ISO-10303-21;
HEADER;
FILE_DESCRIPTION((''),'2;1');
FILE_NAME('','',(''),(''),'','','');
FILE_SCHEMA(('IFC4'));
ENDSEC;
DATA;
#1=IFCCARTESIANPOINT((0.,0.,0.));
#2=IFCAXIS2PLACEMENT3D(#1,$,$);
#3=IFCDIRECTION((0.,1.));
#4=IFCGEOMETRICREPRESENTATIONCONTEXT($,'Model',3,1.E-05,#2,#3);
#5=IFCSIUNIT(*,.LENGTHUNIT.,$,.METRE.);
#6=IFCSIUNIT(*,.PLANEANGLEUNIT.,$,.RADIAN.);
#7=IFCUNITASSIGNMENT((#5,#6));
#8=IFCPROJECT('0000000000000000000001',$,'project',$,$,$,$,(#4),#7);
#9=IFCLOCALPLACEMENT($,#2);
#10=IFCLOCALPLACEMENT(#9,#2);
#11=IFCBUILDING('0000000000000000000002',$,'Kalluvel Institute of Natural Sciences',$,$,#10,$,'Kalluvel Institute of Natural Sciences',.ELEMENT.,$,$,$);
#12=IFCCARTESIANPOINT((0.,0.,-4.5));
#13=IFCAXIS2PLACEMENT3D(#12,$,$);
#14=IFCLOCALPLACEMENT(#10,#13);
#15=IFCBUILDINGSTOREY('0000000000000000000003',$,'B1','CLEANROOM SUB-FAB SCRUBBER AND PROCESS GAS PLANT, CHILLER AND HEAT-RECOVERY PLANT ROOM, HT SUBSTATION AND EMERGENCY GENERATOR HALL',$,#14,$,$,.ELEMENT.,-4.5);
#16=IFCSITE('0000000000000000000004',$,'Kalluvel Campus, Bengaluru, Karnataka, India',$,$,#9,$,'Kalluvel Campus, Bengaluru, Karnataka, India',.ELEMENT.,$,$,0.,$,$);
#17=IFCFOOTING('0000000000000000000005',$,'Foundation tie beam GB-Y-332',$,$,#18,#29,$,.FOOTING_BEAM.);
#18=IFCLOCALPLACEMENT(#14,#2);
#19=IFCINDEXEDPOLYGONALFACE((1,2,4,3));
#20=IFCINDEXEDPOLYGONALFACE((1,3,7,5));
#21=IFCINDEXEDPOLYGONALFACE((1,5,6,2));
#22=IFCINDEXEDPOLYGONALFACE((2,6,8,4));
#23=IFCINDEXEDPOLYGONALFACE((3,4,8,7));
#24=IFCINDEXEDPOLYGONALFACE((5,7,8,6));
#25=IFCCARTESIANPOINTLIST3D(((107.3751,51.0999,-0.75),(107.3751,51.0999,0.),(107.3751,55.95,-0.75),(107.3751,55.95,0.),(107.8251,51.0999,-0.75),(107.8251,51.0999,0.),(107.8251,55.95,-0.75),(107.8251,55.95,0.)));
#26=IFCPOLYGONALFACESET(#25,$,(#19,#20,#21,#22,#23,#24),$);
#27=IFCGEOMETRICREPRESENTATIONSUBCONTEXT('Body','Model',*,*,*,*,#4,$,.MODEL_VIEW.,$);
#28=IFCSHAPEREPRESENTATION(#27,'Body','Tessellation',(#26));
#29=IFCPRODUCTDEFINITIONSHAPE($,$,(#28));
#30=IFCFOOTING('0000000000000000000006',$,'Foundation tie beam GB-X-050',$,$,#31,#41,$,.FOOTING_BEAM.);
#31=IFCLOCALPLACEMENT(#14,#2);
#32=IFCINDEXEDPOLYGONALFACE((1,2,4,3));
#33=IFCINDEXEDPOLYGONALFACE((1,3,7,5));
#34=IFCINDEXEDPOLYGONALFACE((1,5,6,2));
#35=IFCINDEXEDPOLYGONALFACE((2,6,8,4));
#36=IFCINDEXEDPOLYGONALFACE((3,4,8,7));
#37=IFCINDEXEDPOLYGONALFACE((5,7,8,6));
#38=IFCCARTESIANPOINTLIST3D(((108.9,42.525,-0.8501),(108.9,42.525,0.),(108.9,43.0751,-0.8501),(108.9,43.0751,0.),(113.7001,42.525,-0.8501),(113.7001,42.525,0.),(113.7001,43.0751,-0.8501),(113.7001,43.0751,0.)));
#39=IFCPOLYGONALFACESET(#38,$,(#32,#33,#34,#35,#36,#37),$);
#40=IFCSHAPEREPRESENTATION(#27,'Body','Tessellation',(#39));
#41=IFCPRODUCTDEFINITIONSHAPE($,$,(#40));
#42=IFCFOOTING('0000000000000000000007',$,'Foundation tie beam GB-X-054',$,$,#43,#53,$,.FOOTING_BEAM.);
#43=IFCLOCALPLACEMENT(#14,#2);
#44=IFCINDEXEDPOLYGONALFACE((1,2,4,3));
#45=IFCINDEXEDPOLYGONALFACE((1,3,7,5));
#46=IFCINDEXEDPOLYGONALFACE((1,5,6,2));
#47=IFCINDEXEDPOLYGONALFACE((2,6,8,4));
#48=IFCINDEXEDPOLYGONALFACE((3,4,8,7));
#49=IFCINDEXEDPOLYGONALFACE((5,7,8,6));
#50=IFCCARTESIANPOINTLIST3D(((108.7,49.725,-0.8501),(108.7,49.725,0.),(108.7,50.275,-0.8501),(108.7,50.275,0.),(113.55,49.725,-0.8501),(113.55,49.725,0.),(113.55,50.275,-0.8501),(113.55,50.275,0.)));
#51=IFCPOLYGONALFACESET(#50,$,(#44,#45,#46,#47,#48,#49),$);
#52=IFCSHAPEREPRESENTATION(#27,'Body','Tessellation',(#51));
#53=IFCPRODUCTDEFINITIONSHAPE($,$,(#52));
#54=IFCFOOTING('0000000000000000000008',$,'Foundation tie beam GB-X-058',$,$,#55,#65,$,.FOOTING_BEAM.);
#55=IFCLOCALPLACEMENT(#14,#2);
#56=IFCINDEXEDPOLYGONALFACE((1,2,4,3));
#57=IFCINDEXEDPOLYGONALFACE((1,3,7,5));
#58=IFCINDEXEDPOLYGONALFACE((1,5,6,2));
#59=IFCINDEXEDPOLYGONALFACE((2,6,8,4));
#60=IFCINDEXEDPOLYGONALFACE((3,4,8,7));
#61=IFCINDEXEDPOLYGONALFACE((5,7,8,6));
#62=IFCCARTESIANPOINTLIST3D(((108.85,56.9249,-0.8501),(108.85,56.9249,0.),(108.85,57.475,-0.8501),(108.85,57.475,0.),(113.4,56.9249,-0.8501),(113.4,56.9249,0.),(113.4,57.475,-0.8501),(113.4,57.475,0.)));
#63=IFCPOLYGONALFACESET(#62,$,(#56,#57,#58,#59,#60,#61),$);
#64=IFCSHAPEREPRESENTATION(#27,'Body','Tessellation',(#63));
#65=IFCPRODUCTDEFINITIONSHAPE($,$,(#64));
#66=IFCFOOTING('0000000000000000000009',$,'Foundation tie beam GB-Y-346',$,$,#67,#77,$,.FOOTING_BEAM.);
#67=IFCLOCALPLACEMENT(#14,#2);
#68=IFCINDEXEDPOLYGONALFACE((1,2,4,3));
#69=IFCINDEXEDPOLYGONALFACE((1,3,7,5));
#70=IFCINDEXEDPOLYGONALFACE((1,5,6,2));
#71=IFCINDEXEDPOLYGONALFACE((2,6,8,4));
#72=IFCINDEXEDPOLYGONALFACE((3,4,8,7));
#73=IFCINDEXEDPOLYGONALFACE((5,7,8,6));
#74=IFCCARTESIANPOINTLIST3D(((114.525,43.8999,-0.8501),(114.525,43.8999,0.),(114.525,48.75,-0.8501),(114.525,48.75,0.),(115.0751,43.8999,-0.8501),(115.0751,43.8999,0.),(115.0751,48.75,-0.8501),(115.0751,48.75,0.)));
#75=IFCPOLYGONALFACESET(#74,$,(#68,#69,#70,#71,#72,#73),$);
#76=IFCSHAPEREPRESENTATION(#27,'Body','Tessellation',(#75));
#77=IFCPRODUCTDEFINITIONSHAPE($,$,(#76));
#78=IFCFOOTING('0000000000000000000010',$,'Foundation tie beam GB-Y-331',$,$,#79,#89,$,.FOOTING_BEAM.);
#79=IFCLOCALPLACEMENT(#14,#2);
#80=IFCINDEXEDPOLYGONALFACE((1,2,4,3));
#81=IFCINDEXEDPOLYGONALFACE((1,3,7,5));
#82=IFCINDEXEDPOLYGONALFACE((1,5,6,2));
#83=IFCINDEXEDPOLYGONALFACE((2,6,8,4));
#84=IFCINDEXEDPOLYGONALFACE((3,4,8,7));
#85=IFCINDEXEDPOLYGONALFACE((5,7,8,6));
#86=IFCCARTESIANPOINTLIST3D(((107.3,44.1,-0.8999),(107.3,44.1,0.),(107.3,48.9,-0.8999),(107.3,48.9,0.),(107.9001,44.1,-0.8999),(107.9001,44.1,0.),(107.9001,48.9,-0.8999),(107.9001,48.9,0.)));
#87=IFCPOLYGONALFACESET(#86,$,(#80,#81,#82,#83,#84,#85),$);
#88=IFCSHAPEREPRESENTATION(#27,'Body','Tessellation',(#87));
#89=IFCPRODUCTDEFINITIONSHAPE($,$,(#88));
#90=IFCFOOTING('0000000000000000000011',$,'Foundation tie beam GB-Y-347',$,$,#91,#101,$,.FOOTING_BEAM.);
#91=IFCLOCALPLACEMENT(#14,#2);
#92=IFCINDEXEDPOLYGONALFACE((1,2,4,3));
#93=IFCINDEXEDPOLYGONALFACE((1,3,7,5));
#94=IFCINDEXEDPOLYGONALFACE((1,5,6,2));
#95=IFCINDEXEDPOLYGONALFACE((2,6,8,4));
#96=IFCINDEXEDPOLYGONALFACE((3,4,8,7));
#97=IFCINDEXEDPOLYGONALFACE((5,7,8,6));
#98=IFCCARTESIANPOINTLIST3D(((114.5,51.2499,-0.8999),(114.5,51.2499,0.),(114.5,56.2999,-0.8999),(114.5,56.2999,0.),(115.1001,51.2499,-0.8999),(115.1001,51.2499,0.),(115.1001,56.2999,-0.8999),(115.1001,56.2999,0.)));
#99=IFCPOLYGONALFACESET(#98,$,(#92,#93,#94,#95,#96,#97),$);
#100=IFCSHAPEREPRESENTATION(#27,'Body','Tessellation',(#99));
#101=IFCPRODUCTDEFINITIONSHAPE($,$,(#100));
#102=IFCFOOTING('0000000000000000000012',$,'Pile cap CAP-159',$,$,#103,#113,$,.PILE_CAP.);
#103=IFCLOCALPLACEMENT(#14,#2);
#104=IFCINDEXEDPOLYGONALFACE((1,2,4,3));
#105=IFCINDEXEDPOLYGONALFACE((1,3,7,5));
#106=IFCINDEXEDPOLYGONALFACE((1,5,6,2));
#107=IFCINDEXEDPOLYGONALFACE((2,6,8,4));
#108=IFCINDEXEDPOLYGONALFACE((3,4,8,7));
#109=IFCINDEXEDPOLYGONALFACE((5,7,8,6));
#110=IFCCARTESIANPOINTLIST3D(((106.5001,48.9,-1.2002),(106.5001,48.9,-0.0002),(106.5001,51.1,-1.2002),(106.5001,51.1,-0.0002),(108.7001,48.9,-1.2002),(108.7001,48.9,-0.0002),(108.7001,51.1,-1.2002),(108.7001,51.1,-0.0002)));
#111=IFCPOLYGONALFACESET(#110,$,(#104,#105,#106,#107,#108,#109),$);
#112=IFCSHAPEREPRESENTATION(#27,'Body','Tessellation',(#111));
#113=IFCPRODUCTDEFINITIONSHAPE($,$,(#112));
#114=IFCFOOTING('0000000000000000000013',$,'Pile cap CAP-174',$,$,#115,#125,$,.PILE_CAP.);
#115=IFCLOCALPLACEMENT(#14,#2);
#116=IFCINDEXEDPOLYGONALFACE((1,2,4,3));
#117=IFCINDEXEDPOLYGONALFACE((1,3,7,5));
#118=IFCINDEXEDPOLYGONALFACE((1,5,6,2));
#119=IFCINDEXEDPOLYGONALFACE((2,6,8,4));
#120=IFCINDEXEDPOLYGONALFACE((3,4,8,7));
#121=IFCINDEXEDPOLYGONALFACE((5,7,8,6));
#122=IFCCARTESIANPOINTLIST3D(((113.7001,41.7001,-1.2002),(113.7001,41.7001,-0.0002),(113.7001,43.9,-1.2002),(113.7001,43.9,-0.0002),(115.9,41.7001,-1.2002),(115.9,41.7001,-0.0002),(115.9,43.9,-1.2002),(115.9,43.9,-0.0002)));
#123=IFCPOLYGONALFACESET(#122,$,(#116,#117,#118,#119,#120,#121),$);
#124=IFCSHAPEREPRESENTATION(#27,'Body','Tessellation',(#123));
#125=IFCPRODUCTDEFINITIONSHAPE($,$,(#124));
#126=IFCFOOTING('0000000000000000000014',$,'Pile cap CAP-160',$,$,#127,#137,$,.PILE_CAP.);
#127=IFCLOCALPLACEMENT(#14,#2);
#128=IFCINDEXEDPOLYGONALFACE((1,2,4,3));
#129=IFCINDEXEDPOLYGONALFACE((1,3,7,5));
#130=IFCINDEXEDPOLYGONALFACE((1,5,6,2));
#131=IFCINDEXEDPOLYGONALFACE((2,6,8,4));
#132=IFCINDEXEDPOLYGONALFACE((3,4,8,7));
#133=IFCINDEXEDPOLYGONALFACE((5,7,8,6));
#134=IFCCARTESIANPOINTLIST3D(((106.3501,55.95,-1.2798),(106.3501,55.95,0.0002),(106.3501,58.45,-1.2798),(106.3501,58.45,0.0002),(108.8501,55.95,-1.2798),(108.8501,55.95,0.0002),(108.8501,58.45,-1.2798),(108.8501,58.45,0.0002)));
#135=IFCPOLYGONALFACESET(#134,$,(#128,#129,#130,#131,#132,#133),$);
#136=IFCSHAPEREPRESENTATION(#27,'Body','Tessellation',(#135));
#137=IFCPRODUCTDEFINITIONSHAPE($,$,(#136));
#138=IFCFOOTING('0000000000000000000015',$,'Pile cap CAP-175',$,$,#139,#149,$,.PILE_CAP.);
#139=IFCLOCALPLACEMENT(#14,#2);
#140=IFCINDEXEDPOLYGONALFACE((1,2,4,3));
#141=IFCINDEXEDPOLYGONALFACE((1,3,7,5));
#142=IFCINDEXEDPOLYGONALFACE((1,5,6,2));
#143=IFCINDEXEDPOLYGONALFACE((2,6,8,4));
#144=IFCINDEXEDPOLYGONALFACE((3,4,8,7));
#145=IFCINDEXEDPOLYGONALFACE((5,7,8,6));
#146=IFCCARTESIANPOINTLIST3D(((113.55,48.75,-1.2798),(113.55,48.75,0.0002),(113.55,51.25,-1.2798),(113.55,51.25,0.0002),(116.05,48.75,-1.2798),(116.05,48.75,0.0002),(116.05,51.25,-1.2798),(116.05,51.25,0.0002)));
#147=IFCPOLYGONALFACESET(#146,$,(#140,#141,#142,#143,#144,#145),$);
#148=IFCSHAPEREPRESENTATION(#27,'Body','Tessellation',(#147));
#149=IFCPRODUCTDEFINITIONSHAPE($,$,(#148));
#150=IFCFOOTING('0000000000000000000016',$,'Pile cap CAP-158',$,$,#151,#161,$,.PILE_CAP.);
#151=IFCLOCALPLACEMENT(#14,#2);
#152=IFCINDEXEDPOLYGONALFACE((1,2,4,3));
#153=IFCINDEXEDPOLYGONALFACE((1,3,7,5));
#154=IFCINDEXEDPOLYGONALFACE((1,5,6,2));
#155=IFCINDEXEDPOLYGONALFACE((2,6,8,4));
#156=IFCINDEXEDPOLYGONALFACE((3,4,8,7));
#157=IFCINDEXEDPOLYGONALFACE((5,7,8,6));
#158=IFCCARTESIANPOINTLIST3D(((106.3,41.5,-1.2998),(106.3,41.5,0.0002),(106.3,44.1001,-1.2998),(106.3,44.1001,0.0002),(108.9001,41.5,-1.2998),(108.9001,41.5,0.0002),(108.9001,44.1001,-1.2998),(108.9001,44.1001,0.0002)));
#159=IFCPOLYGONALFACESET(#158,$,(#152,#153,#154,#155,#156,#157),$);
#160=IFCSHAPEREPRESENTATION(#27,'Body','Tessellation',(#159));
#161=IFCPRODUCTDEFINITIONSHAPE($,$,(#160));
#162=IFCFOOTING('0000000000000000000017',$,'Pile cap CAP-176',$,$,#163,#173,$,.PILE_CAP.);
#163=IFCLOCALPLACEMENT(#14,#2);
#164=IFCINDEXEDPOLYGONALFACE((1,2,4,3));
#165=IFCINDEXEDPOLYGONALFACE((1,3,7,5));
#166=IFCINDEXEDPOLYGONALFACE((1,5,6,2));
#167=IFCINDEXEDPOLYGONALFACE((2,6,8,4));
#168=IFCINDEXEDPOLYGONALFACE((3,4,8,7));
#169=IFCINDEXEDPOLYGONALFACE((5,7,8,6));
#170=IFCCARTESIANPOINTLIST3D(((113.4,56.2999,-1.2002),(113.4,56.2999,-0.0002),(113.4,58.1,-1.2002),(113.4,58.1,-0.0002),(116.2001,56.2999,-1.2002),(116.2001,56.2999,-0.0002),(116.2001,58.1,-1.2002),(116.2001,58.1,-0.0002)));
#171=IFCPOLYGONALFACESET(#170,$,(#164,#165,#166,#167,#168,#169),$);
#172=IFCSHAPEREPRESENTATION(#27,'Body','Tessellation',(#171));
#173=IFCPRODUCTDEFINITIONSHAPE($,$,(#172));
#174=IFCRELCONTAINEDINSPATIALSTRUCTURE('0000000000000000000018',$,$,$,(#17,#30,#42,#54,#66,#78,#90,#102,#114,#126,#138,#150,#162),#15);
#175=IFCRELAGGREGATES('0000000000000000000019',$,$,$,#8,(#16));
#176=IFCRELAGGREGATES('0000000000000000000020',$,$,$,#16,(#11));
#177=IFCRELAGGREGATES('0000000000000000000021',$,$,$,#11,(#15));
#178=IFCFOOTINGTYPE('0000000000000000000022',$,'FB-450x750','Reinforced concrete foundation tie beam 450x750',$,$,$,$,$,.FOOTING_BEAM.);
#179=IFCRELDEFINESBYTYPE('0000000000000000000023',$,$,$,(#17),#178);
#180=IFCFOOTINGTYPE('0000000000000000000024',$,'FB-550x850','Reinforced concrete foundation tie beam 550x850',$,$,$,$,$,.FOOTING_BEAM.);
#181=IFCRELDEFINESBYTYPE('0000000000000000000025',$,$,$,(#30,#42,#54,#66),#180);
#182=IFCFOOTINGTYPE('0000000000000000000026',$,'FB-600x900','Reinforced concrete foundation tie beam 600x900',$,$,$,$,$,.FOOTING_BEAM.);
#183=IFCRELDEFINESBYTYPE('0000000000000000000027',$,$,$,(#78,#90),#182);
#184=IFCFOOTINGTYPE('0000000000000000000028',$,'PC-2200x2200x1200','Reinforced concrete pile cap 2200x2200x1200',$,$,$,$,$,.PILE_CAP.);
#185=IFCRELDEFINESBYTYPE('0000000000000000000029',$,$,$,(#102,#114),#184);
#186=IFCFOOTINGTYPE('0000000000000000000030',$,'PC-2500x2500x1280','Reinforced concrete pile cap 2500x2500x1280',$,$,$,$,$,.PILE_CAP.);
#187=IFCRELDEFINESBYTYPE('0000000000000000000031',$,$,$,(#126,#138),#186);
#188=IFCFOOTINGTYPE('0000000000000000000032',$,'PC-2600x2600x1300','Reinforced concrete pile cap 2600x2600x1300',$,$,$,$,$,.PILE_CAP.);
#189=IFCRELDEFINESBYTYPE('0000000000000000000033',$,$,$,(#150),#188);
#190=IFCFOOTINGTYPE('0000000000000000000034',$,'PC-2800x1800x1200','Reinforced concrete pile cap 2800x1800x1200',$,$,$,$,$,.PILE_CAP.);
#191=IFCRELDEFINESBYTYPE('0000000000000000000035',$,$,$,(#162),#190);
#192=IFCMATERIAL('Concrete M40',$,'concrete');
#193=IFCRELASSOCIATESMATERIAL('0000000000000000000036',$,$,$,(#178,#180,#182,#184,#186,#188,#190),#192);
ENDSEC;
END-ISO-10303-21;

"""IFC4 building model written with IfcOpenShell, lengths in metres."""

from ifc_helpers import new_model, si_unit, direction, frame, origin, origin_2d, place, context, subcontext, project, spatial, rectangle, extrude, material, type_object, element, save


model = new_model("IFC4")

# Units and contexts
model_context = context("Model", 3, precision=1e-05, world=origin(), true_north=direction((0.0, 1.0)))
body_context = subcontext(model_context, "Body", "Model", "MODEL_VIEW")
ifc_project = project(units=[si_unit("LENGTHUNIT", "METRE"), si_unit("PLANEANGLEUNIT", "RADIAN")], contexts=[model_context])

# Site, building, storey
site_placement = place(None, origin())
site = spatial("IfcSite", under=ifc_project, at=site_placement, Name="Kalluvel Campus, Bengaluru, Karnataka, India", LongName="Kalluvel Campus, Bengaluru, Karnataka, India", CompositionType="ELEMENT", RefElevation=0.0)
building_placement = place(site_placement, origin())
building = spatial("IfcBuilding", under=site, at=building_placement, Name="Kalluvel Institute of Natural Sciences", LongName="Kalluvel Institute of Natural Sciences", CompositionType="ELEMENT")
storey_placement = place(building_placement, frame((0.0, 0.0, -4.5)))
storey = spatial("IfcBuildingStorey", under=building, at=storey_placement, Name="B1", Description="CLEANROOM SUB-FAB SCRUBBER AND PROCESS GAS PLANT, CHILLER AND HEAT-RECOVERY PLANT ROOM, HT SUBSTATION AND EMERGENCY GENERATOR HALL", CompositionType="ELEMENT", Elevation=-4.5)

# Footings
ifc_material = material(Name="Concrete M40", Category="concrete")
footing_type_1 = type_object("IfcFootingType", Name="FB-450x750", Description="Reinforced concrete foundation tie beam 450x750", PredefinedType="FOOTING_BEAM", material=ifc_material)
footing_1_placement = place(storey_placement, frame((107.6001, 53.5249, -0.75), z_axis=(0.0, 0.0, 1.0), x_axis=(1.0, 0.0, 0.0)))
element("IfcFooting", 1, at=footing_1_placement, inside=storey, type_object=footing_type_1, Name="Foundation tie beam GB-Y-332", PredefinedType="FOOTING_BEAM", context=body_context, shape_type="SweptSolid", body=[
    extrude(rectangle(XDim=0.45, YDim=4.8501, at=origin_2d()), origin(), (0.0, 0.0, 1.0), 0.75),
])
footing_type_2 = type_object("IfcFootingType", Name="FB-550x850", Description="Reinforced concrete foundation tie beam 550x850", PredefinedType="FOOTING_BEAM", material=ifc_material)
footing_2_placement = place(storey_placement, frame((111.3, 42.8, -0.8501), z_axis=(0.0, 0.0, 1.0), x_axis=(1.0, 0.0, 0.0)))
element("IfcFooting", 2, at=footing_2_placement, inside=storey, type_object=footing_type_2, Name="Foundation tie beam GB-X-050", PredefinedType="FOOTING_BEAM", context=body_context, shape_type="SweptSolid", body=[
    extrude(rectangle(XDim=4.8, YDim=0.55, at=origin_2d()), origin(), (0.0, 0.0, 1.0), 0.8501),
])
footing_3_placement = place(storey_placement, frame((111.125, 50.0, -0.8501), z_axis=(0.0, 0.0, 1.0), x_axis=(1.0, 0.0, 0.0)))
element("IfcFooting", 3, at=footing_3_placement, inside=storey, type_object=footing_type_2, Name="Foundation tie beam GB-X-054", PredefinedType="FOOTING_BEAM", context=body_context, shape_type="SweptSolid", body=[
    extrude(rectangle(XDim=4.8501, YDim=0.55, at=origin_2d()), origin(), (0.0, 0.0, 1.0), 0.8501),
])
footing_4_placement = place(storey_placement, frame((111.125, 57.2, -0.8501), z_axis=(0.0, 0.0, 1.0), x_axis=(1.0, 0.0, 0.0)))
element("IfcFooting", 4, at=footing_4_placement, inside=storey, type_object=footing_type_2, Name="Foundation tie beam GB-X-058", PredefinedType="FOOTING_BEAM", context=body_context, shape_type="SweptSolid", body=[
    extrude(rectangle(XDim=4.55, YDim=0.55, at=origin_2d()), origin(), (0.0, 0.0, 1.0), 0.8501),
])
footing_5_placement = place(storey_placement, frame((114.8, 46.325, -0.8501), z_axis=(0.0, 0.0, 1.0), x_axis=(1.0, 0.0, 0.0)))
element("IfcFooting", 5, at=footing_5_placement, inside=storey, type_object=footing_type_2, Name="Foundation tie beam GB-Y-346", PredefinedType="FOOTING_BEAM", context=body_context, shape_type="SweptSolid", body=[
    extrude(rectangle(XDim=0.55, YDim=4.8501, at=origin_2d()), origin(), (0.0, 0.0, 1.0), 0.8501),
])
footing_type_3 = type_object("IfcFootingType", Name="FB-600x900", Description="Reinforced concrete foundation tie beam 600x900", PredefinedType="FOOTING_BEAM", material=ifc_material)
footing_6_placement = place(storey_placement, frame((107.6001, 46.5, -0.8999), z_axis=(0.0, 0.0, 1.0), x_axis=(1.0, 0.0, 0.0)))
element("IfcFooting", 6, at=footing_6_placement, inside=storey, type_object=footing_type_3, Name="Foundation tie beam GB-Y-331", PredefinedType="FOOTING_BEAM", context=body_context, shape_type="SweptSolid", body=[
    extrude(rectangle(XDim=0.6001, YDim=4.8, at=origin_2d()), origin(), (0.0, 0.0, 1.0), 0.8999),
])
footing_7_placement = place(storey_placement, frame((114.8, 53.7749, -0.8999), z_axis=(0.0, 0.0, 1.0), x_axis=(1.0, 0.0, 0.0)))
element("IfcFooting", 7, at=footing_7_placement, inside=storey, type_object=footing_type_3, Name="Foundation tie beam GB-Y-347", PredefinedType="FOOTING_BEAM", context=body_context, shape_type="SweptSolid", body=[
    extrude(rectangle(XDim=0.6001, YDim=5.05, at=origin_2d()), origin(), (0.0, 0.0, 1.0), 0.8999),
])
footing_type_4 = type_object("IfcFootingType", Name="PC-2200x2200x1200", Description="Reinforced concrete pile cap 2200x2200x1200", PredefinedType="PILE_CAP", material=ifc_material)
for number, where, z_axis, x_axis, name in (
    (8, (107.6001, 50.0, -1.2002), (0.0, 0.0, 1.0), (1.0, 0.0, 0.0), "Pile cap CAP-159"),
    (9, (114.8, 42.8, -1.2002), (0.0, 0.0, 1.0), (1.0, 0.0, 0.0), "Pile cap CAP-174"),
):
    element("IfcFooting", number, at=place(storey_placement, frame(where, z_axis=z_axis, x_axis=x_axis)), inside=storey, type_object=footing_type_4, Name=name, PredefinedType="PILE_CAP", context=body_context, shape_type="SweptSolid", body=[
        extrude(rectangle(XDim=2.2, YDim=2.2, at=origin_2d()), origin(), (0.0, 0.0, 1.0), 1.2),
    ])
footing_type_5 = type_object("IfcFootingType", Name="PC-2500x2500x1280", Description="Reinforced concrete pile cap 2500x2500x1280", PredefinedType="PILE_CAP", material=ifc_material)
for number, where, z_axis, x_axis, name in (
    (10, (107.6001, 57.2, -1.2798), (0.0, 0.0, 1.0), (1.0, 0.0, 0.0), "Pile cap CAP-160"),
    (11, (114.8, 50.0, -1.2798), (0.0, 0.0, 1.0), (1.0, 0.0, 0.0), "Pile cap CAP-175"),
):
    element("IfcFooting", number, at=place(storey_placement, frame(where, z_axis=z_axis, x_axis=x_axis)), inside=storey, type_object=footing_type_5, Name=name, PredefinedType="PILE_CAP", context=body_context, shape_type="SweptSolid", body=[
        extrude(rectangle(XDim=2.5, YDim=2.5, at=origin_2d()), origin(), (0.0, 0.0, 1.0), 1.28),
    ])
footing_type_6 = type_object("IfcFootingType", Name="PC-2600x2600x1300", Description="Reinforced concrete pile cap 2600x2600x1300", PredefinedType="PILE_CAP", material=ifc_material)
footing_8_placement = place(storey_placement, frame((107.6001, 42.8, -1.2998), z_axis=(0.0, 0.0, 1.0), x_axis=(1.0, 0.0, 0.0)))
element("IfcFooting", 12, at=footing_8_placement, inside=storey, type_object=footing_type_6, Name="Pile cap CAP-158", PredefinedType="PILE_CAP", context=body_context, shape_type="SweptSolid", body=[
    extrude(rectangle(XDim=2.6001, YDim=2.6001, at=origin_2d()), origin(), (0.0, 0.0, 1.0), 1.3),
])
footing_type_7 = type_object("IfcFootingType", Name="PC-2800x1800x1200", Description="Reinforced concrete pile cap 2800x1800x1200", PredefinedType="PILE_CAP", material=ifc_material)
footing_9_placement = place(storey_placement, frame((114.8, 57.2, -1.2002), z_axis=(0.0, 0.0, 1.0), x_axis=(1.0, 0.0, 0.0)))
element("IfcFooting", 13, at=footing_9_placement, inside=storey, type_object=footing_type_7, Name="Pile cap CAP-176", PredefinedType="PILE_CAP", context=body_context, shape_type="SweptSolid", body=[
    extrude(rectangle(XDim=2.8, YDim=1.8, at=origin_2d()), origin(), (0.0, 0.0, 1.0), 1.2),
])

save(model, "model.ifc")
